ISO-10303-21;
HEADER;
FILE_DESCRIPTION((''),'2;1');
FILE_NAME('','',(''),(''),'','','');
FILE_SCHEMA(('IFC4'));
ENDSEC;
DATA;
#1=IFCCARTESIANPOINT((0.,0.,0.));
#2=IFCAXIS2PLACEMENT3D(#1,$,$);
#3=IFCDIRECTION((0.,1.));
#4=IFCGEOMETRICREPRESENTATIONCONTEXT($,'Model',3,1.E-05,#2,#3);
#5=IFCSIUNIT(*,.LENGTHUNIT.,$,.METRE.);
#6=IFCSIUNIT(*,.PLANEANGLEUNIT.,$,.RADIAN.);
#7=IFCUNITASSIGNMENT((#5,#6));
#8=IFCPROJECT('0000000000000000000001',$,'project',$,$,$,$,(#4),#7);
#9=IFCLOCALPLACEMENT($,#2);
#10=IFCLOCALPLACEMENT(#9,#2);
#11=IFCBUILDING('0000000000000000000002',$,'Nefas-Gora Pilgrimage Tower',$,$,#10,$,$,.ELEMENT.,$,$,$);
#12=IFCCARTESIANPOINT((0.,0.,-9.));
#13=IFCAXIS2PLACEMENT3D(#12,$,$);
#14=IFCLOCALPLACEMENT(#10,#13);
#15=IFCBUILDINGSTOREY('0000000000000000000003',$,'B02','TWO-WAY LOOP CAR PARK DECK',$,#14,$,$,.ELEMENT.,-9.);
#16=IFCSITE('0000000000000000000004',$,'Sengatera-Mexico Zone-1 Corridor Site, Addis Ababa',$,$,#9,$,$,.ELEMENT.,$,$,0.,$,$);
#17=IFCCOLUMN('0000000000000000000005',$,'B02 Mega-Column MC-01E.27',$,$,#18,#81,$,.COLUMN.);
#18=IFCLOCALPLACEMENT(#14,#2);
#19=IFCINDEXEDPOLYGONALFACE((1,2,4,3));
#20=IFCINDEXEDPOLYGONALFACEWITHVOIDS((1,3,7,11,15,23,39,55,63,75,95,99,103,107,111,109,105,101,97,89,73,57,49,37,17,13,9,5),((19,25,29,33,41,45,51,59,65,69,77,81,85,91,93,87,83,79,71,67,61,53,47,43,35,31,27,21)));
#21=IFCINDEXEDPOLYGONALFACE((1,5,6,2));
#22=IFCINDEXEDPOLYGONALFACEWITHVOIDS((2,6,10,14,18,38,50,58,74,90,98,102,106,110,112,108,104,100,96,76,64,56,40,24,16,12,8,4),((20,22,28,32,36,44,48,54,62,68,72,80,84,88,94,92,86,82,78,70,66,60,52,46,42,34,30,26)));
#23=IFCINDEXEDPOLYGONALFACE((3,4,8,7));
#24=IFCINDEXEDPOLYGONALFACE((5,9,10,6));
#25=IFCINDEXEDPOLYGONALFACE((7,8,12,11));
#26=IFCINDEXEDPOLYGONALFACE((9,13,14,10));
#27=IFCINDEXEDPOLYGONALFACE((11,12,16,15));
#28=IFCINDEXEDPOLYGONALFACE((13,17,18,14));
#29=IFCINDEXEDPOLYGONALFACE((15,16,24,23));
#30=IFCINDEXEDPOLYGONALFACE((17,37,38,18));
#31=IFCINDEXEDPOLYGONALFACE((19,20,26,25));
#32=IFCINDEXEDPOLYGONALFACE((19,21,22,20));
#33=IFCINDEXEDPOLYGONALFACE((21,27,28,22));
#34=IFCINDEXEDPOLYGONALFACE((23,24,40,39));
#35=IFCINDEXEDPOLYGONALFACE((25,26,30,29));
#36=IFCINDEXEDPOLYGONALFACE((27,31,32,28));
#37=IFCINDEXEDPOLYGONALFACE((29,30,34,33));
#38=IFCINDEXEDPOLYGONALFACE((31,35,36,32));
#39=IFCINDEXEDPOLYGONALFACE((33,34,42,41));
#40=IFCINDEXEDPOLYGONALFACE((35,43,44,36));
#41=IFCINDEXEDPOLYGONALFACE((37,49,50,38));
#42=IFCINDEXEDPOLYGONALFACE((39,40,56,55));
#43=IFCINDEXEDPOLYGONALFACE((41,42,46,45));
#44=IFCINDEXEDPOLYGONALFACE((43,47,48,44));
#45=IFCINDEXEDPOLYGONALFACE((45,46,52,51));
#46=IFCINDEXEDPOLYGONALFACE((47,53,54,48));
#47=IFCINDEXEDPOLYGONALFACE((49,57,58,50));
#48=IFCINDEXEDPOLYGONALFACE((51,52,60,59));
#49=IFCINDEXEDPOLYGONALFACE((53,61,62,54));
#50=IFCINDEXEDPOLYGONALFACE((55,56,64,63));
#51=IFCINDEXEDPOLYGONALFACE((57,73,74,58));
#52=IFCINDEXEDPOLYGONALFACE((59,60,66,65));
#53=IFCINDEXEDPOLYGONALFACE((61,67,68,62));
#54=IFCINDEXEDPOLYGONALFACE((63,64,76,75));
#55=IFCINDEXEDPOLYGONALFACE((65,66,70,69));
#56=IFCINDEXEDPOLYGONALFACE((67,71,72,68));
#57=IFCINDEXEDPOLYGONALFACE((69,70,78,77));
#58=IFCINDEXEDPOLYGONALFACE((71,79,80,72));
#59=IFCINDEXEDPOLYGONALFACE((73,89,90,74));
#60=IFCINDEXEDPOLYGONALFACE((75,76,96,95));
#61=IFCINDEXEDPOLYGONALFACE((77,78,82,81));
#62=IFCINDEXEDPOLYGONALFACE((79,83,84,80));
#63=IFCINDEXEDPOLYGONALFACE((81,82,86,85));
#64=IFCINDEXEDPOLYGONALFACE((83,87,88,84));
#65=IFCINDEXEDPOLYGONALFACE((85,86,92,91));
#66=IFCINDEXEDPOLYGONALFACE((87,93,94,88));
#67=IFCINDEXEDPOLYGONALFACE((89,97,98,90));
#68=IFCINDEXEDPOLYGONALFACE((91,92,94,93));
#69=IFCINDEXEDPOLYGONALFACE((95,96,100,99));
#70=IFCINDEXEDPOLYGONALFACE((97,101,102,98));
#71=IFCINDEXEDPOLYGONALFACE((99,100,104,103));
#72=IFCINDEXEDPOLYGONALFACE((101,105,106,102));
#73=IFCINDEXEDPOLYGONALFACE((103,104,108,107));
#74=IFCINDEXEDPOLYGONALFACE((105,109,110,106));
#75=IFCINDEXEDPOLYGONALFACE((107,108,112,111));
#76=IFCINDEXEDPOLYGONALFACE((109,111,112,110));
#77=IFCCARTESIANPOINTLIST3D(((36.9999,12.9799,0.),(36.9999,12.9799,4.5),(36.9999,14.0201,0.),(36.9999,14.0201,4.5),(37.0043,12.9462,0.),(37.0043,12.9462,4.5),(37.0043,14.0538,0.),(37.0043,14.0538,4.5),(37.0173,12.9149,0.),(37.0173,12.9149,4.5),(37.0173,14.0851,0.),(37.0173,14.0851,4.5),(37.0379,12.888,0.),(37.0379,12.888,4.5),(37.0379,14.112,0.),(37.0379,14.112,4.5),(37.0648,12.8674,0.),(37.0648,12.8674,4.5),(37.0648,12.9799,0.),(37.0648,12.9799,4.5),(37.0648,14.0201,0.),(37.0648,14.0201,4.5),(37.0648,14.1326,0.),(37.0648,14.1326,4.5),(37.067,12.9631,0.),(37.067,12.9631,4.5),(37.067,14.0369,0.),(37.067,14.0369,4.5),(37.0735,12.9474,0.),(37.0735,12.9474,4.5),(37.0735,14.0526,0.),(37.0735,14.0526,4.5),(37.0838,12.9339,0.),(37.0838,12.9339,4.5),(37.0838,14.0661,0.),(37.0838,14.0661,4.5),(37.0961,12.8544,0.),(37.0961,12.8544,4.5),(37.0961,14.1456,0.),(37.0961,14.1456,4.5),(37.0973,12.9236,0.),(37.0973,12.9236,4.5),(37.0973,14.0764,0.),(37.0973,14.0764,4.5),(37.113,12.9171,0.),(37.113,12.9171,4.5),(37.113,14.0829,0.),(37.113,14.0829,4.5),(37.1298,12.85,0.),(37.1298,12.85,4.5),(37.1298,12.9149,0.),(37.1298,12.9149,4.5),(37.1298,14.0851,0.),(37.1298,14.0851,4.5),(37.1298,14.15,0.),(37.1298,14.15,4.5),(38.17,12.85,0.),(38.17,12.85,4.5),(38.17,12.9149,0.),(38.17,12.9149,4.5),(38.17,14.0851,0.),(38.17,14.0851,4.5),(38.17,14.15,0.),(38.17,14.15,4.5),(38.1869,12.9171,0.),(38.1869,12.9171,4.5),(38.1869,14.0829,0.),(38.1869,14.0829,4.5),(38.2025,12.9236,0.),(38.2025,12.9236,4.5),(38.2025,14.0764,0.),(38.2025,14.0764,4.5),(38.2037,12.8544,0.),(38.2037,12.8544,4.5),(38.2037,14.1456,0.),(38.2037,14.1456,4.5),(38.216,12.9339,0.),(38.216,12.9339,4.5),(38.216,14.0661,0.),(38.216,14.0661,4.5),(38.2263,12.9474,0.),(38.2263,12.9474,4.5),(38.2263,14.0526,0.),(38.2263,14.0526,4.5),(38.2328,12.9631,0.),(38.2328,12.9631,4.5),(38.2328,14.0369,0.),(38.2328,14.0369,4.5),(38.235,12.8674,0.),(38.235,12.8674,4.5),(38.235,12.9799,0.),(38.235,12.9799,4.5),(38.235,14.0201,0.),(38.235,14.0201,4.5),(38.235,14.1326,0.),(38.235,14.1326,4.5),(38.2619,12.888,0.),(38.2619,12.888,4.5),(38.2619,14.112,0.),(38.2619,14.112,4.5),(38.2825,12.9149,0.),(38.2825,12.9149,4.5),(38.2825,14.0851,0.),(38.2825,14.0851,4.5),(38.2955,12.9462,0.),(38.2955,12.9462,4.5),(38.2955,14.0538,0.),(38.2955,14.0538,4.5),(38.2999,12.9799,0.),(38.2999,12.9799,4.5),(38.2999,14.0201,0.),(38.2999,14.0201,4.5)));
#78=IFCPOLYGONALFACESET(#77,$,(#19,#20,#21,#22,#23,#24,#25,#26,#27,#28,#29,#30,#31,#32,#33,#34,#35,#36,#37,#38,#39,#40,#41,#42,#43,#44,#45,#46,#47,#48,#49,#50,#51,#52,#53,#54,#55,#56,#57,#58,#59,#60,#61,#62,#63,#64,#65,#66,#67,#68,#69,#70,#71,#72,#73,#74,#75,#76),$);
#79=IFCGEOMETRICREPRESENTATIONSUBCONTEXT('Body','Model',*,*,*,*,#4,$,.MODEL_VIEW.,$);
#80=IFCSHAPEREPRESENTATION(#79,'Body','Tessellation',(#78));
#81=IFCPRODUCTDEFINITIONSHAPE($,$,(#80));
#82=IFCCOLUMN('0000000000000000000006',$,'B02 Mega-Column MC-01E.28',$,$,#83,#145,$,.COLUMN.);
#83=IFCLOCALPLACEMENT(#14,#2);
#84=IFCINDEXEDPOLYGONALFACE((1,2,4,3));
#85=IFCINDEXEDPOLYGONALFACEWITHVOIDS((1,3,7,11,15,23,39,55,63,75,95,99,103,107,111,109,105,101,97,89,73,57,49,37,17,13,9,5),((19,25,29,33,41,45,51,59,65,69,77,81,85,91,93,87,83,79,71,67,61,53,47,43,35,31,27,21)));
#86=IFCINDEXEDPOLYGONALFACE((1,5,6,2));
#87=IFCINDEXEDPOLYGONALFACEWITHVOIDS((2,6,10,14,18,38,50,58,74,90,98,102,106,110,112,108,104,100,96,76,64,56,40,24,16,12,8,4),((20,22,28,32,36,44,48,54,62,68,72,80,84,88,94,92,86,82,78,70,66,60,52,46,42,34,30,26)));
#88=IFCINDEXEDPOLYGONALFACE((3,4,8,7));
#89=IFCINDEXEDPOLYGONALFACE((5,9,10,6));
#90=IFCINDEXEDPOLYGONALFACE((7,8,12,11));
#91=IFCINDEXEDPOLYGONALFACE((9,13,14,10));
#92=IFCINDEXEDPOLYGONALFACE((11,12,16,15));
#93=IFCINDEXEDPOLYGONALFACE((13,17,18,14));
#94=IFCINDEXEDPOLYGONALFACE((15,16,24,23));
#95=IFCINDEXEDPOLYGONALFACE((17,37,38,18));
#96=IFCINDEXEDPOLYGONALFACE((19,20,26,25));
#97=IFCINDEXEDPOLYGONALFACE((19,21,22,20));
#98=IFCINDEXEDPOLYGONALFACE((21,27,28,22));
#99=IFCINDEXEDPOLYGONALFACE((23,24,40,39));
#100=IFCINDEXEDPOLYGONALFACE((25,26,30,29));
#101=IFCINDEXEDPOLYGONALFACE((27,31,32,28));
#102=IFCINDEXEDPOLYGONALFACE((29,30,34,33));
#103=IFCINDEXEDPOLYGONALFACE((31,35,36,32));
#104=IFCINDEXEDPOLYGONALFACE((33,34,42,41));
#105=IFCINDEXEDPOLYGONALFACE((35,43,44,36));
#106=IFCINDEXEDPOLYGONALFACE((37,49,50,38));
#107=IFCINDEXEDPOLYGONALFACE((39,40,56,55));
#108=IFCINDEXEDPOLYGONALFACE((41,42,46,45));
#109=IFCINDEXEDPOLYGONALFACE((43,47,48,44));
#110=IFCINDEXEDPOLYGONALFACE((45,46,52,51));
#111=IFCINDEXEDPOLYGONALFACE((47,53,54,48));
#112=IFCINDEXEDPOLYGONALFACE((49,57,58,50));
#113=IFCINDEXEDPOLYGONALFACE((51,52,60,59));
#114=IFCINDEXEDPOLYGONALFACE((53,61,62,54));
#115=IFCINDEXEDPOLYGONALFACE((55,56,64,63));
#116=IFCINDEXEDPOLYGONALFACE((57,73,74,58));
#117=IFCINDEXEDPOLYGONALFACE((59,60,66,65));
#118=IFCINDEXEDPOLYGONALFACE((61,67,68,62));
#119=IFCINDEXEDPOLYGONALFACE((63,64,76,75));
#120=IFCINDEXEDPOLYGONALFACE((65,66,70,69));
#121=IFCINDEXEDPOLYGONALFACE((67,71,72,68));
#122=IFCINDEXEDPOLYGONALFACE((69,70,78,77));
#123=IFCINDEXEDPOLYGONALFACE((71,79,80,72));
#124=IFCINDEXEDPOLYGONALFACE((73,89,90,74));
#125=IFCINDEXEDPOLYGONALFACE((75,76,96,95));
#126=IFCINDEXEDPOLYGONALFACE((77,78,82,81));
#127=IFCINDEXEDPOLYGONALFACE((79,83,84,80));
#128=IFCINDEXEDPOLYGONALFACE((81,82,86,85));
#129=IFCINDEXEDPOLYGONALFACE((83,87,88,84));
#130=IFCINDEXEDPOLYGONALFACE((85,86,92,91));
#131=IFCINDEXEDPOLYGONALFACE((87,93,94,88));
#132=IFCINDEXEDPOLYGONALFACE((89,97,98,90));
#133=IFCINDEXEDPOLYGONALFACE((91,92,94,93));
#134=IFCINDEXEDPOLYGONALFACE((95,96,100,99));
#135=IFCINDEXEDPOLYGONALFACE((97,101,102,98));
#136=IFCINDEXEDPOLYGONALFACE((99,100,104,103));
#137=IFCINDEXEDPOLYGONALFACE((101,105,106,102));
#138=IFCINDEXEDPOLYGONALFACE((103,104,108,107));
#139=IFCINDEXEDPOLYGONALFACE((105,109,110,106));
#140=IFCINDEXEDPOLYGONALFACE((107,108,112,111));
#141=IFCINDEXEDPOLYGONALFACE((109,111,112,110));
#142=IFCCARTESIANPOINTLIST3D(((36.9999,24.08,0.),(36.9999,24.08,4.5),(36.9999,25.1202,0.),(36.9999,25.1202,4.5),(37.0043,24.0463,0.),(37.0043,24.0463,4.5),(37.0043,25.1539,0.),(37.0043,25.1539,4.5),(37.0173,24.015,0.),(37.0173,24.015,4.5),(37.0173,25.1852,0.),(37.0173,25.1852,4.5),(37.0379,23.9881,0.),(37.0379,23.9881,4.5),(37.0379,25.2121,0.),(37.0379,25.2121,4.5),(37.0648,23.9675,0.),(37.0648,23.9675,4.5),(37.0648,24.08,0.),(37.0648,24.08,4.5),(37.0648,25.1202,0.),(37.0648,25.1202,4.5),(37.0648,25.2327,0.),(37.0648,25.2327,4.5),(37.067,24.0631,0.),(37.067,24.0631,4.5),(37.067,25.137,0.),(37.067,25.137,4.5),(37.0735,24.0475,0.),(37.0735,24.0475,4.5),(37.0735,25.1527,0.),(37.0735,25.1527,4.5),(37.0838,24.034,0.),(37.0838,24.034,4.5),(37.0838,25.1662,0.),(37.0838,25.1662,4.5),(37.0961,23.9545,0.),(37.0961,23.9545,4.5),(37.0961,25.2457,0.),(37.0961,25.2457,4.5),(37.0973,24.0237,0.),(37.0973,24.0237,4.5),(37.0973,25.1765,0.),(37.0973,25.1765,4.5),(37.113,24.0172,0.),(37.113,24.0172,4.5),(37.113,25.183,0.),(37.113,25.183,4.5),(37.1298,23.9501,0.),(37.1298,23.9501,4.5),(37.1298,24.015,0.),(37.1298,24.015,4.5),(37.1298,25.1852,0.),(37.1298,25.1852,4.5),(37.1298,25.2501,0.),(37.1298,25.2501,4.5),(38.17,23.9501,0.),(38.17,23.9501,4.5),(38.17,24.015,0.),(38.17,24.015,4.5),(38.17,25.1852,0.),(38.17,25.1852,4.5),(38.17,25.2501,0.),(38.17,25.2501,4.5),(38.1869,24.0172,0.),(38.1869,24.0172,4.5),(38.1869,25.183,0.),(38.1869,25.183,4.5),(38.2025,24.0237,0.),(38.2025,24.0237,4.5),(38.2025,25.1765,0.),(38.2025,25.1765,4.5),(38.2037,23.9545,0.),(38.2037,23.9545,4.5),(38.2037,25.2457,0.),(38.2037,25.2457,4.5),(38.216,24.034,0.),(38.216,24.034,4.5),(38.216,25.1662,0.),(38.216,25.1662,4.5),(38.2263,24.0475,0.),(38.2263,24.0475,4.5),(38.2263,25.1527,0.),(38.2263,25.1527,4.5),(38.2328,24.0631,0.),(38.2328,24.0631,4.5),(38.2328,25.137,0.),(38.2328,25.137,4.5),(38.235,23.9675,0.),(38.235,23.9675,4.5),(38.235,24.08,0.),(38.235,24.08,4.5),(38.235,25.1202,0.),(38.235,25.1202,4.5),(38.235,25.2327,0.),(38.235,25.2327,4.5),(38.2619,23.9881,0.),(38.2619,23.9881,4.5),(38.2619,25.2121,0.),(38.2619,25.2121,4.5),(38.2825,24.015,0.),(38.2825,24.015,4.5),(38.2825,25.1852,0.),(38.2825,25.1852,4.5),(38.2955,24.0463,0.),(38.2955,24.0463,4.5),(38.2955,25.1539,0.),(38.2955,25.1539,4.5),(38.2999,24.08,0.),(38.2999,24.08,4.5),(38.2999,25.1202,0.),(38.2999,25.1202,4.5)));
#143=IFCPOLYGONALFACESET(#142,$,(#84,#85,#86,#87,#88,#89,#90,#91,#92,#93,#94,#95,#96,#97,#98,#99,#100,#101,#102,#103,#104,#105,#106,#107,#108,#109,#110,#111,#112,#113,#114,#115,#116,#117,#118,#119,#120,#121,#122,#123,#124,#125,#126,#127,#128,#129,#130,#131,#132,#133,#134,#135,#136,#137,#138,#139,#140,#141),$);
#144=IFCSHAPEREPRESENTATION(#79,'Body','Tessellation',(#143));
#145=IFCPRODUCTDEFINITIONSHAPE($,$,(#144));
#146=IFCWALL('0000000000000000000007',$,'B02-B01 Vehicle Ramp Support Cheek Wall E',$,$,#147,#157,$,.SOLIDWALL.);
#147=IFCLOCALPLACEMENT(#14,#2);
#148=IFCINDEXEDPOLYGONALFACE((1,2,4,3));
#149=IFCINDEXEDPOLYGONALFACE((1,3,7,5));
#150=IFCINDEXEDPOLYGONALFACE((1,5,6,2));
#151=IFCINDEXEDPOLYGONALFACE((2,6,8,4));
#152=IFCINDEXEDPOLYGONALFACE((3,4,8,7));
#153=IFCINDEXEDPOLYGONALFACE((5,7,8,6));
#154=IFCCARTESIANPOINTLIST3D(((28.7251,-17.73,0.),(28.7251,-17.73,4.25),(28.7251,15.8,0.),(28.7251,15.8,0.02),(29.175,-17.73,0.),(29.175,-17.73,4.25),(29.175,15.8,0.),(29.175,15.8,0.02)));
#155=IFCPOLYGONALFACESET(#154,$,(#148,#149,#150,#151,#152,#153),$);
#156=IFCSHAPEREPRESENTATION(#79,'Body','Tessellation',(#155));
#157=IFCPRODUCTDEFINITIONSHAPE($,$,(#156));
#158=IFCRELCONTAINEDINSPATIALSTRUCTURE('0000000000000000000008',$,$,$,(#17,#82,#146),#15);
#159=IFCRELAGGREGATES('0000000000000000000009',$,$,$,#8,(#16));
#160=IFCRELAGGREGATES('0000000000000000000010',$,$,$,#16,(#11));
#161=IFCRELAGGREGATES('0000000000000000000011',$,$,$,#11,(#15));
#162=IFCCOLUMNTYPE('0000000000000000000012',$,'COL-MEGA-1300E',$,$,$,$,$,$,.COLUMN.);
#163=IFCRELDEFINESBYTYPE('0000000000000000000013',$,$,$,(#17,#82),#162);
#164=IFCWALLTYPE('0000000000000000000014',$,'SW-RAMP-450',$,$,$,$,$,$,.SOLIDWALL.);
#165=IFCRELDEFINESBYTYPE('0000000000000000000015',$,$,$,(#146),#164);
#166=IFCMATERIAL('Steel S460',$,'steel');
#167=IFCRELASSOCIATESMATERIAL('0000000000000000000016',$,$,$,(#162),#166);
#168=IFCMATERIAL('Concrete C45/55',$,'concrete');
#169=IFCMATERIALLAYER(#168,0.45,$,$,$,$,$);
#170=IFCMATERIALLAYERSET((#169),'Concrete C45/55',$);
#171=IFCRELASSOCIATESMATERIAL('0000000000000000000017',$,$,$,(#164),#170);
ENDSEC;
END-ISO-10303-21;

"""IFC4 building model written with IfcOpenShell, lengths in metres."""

from ifc_helpers import new_model, si_unit, direction, frame, origin, origin_2d, place, context, subcontext, project, spatial, polyline, hollow_rectangle, outline, extrude, source, transform, mapped, material, layer, layer_set, material_profile, profile_set, type_object, element, save


model = new_model("IFC4")

# Units and contexts
model_context = context("Model", 3, precision=1e-05, world=origin(), true_north=direction((0.0, 1.0)))
body_context = subcontext(model_context, "Body", "Model", "MODEL_VIEW")
ifc_project = project(units=[si_unit("LENGTHUNIT", "METRE"), si_unit("PLANEANGLEUNIT", "RADIAN")], contexts=[model_context])

# Site, building, storey
site_placement = place(None, origin())
site = spatial("IfcSite", under=ifc_project, at=site_placement, Name="Sengatera-Mexico Zone-1 Corridor Site, Addis Ababa", CompositionType="ELEMENT", RefElevation=0.0)
building_placement = place(site_placement, origin())
building = spatial("IfcBuilding", under=site, at=building_placement, Name="Nefas-Gora Pilgrimage Tower", CompositionType="ELEMENT")
storey_placement = place(building_placement, frame((0.0, 0.0, -9.0)))
storey = spatial("IfcBuildingStorey", under=building, at=storey_placement, Name="B02", Description="TWO-WAY LOOP CAR PARK DECK", CompositionType="ELEMENT", Elevation=-9.0)

# Shared definitions
ifc_material_1 = material(Name="Concrete C45/55", Category="concrete")

# Columns
ifc_material_2 = material(Name="Steel S460", Category="steel")
ifc_material_profile_1 = material_profile(ifc_material_2, hollow_rectangle(XDim=1.3, YDim=1.3, WallThickness=0.0649, InnerFilletRadius=0.0649, OuterFilletRadius=0.1299, at=origin_2d()), Name="BOX 1300x1300x65")
ifc_profile_set_1 = profile_set([ifc_material_profile_1], Name="Steel S460")
column_type = type_object("IfcColumnType", Name="COL-MEGA-1300E", PredefinedType="COLUMN", material=ifc_profile_set_1)
shared_shape_1 = source(origin(), body_context, "Body", "SweptSolid", [
    extrude(hollow_rectangle(XDim=1.3, YDim=1.3, WallThickness=0.0649, InnerFilletRadius=0.0649, OuterFilletRadius=0.1299, at=origin_2d()), origin(), (0.0, 0.0, 1.0), 4.5),
])
for number, where, z_axis, x_axis, name in (
    (1, (37.6499, 13.5, 0.0), (0.0, 0.0, 1.0), (1.0, 0.0, 0.0), "B02 Mega-Column MC-01E.27"),
    (2, (37.6499, 24.6001, 0.0), (0.0, 0.0, 1.0), (1.0, 0.0, 0.0), "B02 Mega-Column MC-01E.28"),
):
    element("IfcColumn", number, at=place(storey_placement, frame(where, z_axis=z_axis, x_axis=x_axis)), inside=storey, type_object=column_type, Name=name, PredefinedType="COLUMN", context=body_context, shape_type="MappedRepresentation", body=[
        mapped(shared_shape_1, transform((0.0, 0.0, 0.0), x_axis=(1.0, 0.0, 0.0), y_axis=(0.0, 1.0, 0.0), z_axis=(0.0, 0.0, 1.0), scale=1.0)),
    ])

# Wall
ifc_layer = layer(ifc_material_1, 0.45)
ifc_layer_set = layer_set([ifc_layer], Name="Concrete C45/55")
wall_type = type_object("IfcWallType", Name="SW-RAMP-450", PredefinedType="SOLIDWALL", material=ifc_layer_set)
wall_placement = place(storey_placement, frame((28.95, 15.8, 0.0), z_axis=(0.0, 0.0, 1.0), x_axis=(0.0, -1.0, 0.0)))
element("IfcWall", 3, at=wall_placement, inside=storey, type_object=wall_type, Name="B02-B01 Vehicle Ramp Support Cheek Wall E", PredefinedType="SOLIDWALL", context=body_context, shape_type="SweptSolid", body=[
    extrude(outline(polyline([(0.0, 0.0), (33.53, 0.0), (33.53, 4.25), (0.0, 0.02), (0.0, 0.0)])), frame((0.0, 0.2251, 0.0), z_axis=(0.0, -1.0, 0.0), x_axis=(1.0, 0.0, 0.0)), (0.0, 0.0, 1.0), 0.45),
])

save(model, "model.ifc")
